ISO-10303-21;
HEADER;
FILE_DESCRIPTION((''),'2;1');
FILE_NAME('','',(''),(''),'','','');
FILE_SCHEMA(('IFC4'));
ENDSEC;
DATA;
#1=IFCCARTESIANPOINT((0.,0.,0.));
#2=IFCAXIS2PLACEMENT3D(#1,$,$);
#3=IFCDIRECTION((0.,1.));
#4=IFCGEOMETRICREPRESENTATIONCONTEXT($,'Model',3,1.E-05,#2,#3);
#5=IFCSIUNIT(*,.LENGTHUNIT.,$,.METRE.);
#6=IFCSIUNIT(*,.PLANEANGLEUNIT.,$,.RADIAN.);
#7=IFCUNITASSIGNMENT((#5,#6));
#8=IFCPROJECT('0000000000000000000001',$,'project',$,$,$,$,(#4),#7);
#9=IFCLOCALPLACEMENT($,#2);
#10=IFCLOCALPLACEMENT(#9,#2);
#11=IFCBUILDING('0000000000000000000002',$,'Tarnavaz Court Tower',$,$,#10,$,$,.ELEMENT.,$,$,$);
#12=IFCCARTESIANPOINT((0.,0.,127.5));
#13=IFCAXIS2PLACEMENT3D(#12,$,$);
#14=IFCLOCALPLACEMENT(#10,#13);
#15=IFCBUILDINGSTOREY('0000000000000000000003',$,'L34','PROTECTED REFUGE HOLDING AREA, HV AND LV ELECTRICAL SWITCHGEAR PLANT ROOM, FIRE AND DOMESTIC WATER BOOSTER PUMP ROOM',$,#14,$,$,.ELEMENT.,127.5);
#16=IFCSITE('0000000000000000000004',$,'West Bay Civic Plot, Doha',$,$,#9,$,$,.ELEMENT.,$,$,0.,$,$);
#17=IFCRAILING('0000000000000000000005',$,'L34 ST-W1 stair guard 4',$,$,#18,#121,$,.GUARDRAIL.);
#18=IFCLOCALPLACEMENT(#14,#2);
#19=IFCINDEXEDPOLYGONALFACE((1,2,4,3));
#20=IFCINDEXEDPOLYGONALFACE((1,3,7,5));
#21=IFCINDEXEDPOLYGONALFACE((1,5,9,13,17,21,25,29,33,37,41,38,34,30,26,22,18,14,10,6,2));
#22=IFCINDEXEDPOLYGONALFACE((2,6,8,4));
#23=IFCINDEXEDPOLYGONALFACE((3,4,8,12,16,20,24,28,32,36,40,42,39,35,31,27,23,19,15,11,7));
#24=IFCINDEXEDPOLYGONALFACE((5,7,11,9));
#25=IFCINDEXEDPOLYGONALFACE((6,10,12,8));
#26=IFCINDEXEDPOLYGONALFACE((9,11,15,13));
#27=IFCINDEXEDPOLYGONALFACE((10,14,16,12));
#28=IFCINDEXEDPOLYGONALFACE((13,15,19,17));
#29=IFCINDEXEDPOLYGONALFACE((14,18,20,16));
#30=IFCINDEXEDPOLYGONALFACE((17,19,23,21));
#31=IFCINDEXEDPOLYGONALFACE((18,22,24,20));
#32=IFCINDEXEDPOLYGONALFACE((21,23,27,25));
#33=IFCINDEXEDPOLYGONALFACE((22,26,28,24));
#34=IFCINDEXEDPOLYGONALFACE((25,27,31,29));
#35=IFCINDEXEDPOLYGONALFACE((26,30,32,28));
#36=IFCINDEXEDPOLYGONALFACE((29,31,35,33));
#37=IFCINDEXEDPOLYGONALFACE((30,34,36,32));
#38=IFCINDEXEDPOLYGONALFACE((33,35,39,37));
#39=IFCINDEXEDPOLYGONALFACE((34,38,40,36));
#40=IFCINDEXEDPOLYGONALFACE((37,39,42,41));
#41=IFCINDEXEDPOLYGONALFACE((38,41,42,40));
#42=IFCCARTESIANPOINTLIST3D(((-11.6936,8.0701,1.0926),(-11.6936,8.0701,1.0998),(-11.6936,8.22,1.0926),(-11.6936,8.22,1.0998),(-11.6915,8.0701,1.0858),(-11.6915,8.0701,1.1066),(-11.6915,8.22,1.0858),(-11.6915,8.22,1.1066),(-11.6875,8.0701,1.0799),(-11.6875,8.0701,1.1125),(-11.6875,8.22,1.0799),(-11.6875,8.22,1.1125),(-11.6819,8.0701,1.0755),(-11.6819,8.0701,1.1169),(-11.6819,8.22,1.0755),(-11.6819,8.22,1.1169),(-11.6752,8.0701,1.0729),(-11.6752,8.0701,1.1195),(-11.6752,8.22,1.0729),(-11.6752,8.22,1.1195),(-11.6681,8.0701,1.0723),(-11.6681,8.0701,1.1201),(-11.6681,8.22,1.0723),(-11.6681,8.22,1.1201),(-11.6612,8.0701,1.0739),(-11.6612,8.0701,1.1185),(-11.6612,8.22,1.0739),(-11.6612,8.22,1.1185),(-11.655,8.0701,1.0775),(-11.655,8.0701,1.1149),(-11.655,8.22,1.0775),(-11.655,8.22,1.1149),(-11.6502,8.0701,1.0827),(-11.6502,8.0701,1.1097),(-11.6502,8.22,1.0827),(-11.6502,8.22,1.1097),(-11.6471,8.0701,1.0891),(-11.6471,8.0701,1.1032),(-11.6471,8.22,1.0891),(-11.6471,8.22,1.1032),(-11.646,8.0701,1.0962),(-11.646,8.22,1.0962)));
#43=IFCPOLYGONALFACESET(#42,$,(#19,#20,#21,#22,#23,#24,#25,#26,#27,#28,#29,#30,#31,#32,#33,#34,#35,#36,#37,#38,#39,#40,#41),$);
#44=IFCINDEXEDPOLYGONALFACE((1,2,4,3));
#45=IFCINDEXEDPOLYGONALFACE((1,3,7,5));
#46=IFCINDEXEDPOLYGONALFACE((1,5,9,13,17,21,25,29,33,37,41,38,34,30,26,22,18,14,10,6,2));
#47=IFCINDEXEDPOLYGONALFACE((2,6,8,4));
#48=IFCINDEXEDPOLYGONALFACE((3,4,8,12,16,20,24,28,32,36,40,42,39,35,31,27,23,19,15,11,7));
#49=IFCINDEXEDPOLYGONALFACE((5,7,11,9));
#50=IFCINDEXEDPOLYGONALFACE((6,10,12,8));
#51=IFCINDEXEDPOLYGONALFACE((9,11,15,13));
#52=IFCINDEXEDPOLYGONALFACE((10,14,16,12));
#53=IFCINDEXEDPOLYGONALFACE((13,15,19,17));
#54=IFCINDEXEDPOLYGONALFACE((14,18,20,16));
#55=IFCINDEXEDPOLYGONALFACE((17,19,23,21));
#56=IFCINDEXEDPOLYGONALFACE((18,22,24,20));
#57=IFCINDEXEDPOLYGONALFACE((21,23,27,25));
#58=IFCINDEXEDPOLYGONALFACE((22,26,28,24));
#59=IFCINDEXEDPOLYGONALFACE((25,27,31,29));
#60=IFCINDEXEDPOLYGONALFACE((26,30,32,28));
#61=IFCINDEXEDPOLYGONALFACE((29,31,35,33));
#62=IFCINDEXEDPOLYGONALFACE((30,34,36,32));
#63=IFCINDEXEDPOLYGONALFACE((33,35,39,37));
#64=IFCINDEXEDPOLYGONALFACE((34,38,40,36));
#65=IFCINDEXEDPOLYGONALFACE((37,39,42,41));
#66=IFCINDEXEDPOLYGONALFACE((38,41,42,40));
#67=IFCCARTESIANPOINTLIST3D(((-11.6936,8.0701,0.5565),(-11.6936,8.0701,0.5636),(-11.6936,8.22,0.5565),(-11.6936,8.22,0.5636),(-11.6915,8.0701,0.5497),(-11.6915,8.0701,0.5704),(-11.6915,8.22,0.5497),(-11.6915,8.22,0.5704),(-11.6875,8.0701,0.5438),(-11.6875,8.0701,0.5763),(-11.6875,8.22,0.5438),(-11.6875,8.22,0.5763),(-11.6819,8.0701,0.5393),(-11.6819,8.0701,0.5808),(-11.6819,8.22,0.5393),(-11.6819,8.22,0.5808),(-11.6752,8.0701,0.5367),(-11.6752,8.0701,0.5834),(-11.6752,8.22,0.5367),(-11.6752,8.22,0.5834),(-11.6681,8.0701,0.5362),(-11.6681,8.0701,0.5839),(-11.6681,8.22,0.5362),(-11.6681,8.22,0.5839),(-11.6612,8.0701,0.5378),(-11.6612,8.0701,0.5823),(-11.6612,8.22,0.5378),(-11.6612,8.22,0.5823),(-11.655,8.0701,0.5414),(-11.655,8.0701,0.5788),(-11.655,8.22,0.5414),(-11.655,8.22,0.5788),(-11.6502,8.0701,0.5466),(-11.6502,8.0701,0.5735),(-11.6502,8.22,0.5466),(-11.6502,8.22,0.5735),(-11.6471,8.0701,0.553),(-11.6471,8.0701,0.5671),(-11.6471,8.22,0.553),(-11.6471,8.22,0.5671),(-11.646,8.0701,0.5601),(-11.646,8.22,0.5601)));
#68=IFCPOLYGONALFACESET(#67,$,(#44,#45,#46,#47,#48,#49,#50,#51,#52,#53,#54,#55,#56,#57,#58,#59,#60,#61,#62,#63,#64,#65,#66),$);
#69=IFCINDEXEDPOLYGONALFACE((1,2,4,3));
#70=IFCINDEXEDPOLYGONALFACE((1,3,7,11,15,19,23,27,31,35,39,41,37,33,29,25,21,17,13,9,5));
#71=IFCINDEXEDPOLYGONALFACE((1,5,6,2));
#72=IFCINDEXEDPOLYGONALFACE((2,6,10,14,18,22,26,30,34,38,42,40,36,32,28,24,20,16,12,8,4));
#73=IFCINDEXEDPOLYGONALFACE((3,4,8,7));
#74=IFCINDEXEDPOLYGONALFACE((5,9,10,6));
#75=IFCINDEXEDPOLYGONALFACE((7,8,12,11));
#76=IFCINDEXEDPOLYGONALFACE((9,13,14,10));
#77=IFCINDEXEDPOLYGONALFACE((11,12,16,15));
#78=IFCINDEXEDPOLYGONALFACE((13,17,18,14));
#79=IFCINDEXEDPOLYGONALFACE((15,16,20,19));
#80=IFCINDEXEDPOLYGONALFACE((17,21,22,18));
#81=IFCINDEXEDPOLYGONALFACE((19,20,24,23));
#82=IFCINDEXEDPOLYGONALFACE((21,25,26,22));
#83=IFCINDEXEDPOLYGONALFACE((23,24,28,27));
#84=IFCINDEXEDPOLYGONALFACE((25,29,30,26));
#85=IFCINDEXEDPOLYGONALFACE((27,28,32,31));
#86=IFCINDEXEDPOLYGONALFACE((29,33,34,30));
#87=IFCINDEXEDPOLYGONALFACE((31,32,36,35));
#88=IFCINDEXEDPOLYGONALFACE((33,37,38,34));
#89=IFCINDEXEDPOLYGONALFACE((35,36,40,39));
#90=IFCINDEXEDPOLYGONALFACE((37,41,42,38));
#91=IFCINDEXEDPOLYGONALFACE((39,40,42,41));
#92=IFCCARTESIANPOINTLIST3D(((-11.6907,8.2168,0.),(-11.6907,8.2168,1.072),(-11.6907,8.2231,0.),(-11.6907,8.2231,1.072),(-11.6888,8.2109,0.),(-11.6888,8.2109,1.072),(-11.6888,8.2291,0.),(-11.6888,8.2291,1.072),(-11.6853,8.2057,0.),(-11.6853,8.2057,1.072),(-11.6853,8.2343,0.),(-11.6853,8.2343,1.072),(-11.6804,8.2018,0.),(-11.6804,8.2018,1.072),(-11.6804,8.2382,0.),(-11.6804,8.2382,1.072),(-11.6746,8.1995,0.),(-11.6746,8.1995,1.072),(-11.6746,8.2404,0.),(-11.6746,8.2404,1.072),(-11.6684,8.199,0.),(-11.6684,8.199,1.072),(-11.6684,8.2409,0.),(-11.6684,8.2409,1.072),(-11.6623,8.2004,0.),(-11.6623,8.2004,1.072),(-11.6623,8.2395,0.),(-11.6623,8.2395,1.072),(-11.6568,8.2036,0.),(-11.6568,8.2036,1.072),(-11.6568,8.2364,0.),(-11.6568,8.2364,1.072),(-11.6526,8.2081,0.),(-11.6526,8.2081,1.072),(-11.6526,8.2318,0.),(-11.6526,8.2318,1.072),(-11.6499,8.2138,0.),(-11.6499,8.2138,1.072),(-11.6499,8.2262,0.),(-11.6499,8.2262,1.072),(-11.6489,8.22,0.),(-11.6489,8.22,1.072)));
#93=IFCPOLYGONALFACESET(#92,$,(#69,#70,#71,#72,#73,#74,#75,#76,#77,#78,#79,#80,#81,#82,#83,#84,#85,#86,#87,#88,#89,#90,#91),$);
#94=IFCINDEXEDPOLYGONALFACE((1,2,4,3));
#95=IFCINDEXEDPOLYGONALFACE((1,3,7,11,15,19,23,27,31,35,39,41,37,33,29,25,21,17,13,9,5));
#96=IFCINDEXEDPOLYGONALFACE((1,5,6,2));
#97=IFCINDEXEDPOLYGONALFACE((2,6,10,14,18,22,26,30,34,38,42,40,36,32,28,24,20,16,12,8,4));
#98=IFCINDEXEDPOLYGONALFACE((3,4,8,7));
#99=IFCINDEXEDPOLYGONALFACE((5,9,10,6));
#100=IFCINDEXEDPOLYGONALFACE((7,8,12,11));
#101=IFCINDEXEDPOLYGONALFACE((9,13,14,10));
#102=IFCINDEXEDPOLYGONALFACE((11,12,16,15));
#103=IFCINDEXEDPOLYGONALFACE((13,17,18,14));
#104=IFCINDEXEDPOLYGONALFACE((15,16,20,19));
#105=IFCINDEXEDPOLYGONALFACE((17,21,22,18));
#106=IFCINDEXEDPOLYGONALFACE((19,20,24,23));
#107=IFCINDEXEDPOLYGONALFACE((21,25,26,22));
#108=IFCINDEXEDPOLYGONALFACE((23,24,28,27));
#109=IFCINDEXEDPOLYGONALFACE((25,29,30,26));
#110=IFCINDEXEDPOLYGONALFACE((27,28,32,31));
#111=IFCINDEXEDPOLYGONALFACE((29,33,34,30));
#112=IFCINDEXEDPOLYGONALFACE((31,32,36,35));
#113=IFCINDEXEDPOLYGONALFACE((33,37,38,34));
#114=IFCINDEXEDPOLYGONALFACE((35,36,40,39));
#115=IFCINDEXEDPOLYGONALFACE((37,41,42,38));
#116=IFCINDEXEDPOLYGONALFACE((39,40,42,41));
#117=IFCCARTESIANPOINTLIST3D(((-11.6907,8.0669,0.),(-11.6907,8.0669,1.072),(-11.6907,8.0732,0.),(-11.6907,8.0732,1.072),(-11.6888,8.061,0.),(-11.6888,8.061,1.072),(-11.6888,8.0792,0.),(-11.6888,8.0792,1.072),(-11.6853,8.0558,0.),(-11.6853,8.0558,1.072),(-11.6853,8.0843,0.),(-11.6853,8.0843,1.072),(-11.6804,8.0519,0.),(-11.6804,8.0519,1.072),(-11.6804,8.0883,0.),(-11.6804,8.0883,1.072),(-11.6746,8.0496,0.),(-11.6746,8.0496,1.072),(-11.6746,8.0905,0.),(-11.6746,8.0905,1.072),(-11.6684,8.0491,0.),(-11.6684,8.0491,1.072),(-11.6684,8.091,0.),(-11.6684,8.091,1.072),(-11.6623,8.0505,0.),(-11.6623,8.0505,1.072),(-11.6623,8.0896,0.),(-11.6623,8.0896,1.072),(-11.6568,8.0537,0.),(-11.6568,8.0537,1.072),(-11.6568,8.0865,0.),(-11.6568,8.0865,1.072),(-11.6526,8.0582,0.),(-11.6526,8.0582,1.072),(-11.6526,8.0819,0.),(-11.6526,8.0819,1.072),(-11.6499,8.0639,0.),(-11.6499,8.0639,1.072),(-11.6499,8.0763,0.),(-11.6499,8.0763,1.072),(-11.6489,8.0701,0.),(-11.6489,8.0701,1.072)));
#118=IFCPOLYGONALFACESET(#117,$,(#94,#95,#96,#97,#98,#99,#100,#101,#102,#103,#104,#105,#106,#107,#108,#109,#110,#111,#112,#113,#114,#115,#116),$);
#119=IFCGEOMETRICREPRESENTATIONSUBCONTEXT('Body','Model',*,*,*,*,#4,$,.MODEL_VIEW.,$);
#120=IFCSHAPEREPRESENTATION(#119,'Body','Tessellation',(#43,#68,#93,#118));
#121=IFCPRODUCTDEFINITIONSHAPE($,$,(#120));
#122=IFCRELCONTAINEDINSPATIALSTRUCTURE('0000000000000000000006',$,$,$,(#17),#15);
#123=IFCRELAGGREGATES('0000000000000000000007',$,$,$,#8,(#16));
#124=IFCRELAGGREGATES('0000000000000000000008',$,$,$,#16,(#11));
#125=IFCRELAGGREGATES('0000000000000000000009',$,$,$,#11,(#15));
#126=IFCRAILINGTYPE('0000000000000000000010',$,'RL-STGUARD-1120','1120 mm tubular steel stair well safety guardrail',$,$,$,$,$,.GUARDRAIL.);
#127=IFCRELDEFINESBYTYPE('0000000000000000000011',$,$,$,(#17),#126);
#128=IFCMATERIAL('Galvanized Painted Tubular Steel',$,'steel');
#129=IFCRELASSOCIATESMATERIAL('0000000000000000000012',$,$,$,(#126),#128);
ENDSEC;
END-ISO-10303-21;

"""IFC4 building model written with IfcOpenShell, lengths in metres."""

from ifc_helpers import new_model, si_unit, direction, frame, origin, origin_2d, place, context, subcontext, project, spatial, circle, extrude, material, type_object, element, save


model = new_model("IFC4")

# Units and contexts
model_context = context("Model", 3, precision=1e-05, world=origin(), true_north=direction((0.0, 1.0)))
body_context = subcontext(model_context, "Body", "Model", "MODEL_VIEW")
ifc_project = project(units=[si_unit("LENGTHUNIT", "METRE"), si_unit("PLANEANGLEUNIT", "RADIAN")], contexts=[model_context])

# Site, building, storey
site_placement = place(None, origin())
site = spatial("IfcSite", under=ifc_project, at=site_placement, Name="West Bay Civic Plot, Doha", CompositionType="ELEMENT", RefElevation=0.0)
building_placement = place(site_placement, origin())
building = spatial("IfcBuilding", under=site, at=building_placement, Name="Tarnavaz Court Tower", CompositionType="ELEMENT")
storey_placement = place(building_placement, frame((0.0, 0.0, 127.5)))
storey = spatial("IfcBuildingStorey", under=building, at=storey_placement, Name="L34", Description="PROTECTED REFUGE HOLDING AREA, HV AND LV ELECTRICAL SWITCHGEAR PLANT ROOM, FIRE AND DOMESTIC WATER BOOSTER PUMP ROOM", CompositionType="ELEMENT", Elevation=127.5)

# Railing
ifc_material_1 = material(Name="Galvanized Painted Tubular Steel", Category="steel")
railing_type_1 = type_object("IfcRailingType", Name="RL-STGUARD-1120", Description="1120 mm tubular steel stair well safety guardrail", PredefinedType="GUARDRAIL", material=ifc_material_1)
railing_1_placement = place(storey_placement, frame((-11.6699, 8.22, 0.0)))
element("IfcRailing", 1, at=railing_1_placement, inside=storey, type_object=railing_type_1, Name="L34 ST-W1 stair guard 4", PredefinedType="GUARDRAIL", context=body_context, shape_type="SweptSolid", body=[
    extrude(circle(Radius=0.0239, at=origin_2d()), frame((0.0, 0.0, 1.0962), z_axis=(0.0, -1.0, 0.0), x_axis=(1.0, 0.0, 0.0)), (0.0, 0.0, 1.0), 0.1499),
    extrude(circle(Radius=0.0239, at=origin_2d()), frame((0.0, 0.0, 0.5601), z_axis=(0.0, -1.0, 0.0), x_axis=(1.0, 0.0, 0.0)), (0.0, 0.0, 1.0), 0.1499),
    extrude(circle(Radius=0.021, at=origin_2d()), origin(), (0.0, 0.0, 1.0), 1.072),
    extrude(circle(Radius=0.021, at=origin_2d()), frame((0.0, -0.1499, 0.0)), (0.0, 0.0, 1.0), 1.072),
])

save(model, "model.ifc")
